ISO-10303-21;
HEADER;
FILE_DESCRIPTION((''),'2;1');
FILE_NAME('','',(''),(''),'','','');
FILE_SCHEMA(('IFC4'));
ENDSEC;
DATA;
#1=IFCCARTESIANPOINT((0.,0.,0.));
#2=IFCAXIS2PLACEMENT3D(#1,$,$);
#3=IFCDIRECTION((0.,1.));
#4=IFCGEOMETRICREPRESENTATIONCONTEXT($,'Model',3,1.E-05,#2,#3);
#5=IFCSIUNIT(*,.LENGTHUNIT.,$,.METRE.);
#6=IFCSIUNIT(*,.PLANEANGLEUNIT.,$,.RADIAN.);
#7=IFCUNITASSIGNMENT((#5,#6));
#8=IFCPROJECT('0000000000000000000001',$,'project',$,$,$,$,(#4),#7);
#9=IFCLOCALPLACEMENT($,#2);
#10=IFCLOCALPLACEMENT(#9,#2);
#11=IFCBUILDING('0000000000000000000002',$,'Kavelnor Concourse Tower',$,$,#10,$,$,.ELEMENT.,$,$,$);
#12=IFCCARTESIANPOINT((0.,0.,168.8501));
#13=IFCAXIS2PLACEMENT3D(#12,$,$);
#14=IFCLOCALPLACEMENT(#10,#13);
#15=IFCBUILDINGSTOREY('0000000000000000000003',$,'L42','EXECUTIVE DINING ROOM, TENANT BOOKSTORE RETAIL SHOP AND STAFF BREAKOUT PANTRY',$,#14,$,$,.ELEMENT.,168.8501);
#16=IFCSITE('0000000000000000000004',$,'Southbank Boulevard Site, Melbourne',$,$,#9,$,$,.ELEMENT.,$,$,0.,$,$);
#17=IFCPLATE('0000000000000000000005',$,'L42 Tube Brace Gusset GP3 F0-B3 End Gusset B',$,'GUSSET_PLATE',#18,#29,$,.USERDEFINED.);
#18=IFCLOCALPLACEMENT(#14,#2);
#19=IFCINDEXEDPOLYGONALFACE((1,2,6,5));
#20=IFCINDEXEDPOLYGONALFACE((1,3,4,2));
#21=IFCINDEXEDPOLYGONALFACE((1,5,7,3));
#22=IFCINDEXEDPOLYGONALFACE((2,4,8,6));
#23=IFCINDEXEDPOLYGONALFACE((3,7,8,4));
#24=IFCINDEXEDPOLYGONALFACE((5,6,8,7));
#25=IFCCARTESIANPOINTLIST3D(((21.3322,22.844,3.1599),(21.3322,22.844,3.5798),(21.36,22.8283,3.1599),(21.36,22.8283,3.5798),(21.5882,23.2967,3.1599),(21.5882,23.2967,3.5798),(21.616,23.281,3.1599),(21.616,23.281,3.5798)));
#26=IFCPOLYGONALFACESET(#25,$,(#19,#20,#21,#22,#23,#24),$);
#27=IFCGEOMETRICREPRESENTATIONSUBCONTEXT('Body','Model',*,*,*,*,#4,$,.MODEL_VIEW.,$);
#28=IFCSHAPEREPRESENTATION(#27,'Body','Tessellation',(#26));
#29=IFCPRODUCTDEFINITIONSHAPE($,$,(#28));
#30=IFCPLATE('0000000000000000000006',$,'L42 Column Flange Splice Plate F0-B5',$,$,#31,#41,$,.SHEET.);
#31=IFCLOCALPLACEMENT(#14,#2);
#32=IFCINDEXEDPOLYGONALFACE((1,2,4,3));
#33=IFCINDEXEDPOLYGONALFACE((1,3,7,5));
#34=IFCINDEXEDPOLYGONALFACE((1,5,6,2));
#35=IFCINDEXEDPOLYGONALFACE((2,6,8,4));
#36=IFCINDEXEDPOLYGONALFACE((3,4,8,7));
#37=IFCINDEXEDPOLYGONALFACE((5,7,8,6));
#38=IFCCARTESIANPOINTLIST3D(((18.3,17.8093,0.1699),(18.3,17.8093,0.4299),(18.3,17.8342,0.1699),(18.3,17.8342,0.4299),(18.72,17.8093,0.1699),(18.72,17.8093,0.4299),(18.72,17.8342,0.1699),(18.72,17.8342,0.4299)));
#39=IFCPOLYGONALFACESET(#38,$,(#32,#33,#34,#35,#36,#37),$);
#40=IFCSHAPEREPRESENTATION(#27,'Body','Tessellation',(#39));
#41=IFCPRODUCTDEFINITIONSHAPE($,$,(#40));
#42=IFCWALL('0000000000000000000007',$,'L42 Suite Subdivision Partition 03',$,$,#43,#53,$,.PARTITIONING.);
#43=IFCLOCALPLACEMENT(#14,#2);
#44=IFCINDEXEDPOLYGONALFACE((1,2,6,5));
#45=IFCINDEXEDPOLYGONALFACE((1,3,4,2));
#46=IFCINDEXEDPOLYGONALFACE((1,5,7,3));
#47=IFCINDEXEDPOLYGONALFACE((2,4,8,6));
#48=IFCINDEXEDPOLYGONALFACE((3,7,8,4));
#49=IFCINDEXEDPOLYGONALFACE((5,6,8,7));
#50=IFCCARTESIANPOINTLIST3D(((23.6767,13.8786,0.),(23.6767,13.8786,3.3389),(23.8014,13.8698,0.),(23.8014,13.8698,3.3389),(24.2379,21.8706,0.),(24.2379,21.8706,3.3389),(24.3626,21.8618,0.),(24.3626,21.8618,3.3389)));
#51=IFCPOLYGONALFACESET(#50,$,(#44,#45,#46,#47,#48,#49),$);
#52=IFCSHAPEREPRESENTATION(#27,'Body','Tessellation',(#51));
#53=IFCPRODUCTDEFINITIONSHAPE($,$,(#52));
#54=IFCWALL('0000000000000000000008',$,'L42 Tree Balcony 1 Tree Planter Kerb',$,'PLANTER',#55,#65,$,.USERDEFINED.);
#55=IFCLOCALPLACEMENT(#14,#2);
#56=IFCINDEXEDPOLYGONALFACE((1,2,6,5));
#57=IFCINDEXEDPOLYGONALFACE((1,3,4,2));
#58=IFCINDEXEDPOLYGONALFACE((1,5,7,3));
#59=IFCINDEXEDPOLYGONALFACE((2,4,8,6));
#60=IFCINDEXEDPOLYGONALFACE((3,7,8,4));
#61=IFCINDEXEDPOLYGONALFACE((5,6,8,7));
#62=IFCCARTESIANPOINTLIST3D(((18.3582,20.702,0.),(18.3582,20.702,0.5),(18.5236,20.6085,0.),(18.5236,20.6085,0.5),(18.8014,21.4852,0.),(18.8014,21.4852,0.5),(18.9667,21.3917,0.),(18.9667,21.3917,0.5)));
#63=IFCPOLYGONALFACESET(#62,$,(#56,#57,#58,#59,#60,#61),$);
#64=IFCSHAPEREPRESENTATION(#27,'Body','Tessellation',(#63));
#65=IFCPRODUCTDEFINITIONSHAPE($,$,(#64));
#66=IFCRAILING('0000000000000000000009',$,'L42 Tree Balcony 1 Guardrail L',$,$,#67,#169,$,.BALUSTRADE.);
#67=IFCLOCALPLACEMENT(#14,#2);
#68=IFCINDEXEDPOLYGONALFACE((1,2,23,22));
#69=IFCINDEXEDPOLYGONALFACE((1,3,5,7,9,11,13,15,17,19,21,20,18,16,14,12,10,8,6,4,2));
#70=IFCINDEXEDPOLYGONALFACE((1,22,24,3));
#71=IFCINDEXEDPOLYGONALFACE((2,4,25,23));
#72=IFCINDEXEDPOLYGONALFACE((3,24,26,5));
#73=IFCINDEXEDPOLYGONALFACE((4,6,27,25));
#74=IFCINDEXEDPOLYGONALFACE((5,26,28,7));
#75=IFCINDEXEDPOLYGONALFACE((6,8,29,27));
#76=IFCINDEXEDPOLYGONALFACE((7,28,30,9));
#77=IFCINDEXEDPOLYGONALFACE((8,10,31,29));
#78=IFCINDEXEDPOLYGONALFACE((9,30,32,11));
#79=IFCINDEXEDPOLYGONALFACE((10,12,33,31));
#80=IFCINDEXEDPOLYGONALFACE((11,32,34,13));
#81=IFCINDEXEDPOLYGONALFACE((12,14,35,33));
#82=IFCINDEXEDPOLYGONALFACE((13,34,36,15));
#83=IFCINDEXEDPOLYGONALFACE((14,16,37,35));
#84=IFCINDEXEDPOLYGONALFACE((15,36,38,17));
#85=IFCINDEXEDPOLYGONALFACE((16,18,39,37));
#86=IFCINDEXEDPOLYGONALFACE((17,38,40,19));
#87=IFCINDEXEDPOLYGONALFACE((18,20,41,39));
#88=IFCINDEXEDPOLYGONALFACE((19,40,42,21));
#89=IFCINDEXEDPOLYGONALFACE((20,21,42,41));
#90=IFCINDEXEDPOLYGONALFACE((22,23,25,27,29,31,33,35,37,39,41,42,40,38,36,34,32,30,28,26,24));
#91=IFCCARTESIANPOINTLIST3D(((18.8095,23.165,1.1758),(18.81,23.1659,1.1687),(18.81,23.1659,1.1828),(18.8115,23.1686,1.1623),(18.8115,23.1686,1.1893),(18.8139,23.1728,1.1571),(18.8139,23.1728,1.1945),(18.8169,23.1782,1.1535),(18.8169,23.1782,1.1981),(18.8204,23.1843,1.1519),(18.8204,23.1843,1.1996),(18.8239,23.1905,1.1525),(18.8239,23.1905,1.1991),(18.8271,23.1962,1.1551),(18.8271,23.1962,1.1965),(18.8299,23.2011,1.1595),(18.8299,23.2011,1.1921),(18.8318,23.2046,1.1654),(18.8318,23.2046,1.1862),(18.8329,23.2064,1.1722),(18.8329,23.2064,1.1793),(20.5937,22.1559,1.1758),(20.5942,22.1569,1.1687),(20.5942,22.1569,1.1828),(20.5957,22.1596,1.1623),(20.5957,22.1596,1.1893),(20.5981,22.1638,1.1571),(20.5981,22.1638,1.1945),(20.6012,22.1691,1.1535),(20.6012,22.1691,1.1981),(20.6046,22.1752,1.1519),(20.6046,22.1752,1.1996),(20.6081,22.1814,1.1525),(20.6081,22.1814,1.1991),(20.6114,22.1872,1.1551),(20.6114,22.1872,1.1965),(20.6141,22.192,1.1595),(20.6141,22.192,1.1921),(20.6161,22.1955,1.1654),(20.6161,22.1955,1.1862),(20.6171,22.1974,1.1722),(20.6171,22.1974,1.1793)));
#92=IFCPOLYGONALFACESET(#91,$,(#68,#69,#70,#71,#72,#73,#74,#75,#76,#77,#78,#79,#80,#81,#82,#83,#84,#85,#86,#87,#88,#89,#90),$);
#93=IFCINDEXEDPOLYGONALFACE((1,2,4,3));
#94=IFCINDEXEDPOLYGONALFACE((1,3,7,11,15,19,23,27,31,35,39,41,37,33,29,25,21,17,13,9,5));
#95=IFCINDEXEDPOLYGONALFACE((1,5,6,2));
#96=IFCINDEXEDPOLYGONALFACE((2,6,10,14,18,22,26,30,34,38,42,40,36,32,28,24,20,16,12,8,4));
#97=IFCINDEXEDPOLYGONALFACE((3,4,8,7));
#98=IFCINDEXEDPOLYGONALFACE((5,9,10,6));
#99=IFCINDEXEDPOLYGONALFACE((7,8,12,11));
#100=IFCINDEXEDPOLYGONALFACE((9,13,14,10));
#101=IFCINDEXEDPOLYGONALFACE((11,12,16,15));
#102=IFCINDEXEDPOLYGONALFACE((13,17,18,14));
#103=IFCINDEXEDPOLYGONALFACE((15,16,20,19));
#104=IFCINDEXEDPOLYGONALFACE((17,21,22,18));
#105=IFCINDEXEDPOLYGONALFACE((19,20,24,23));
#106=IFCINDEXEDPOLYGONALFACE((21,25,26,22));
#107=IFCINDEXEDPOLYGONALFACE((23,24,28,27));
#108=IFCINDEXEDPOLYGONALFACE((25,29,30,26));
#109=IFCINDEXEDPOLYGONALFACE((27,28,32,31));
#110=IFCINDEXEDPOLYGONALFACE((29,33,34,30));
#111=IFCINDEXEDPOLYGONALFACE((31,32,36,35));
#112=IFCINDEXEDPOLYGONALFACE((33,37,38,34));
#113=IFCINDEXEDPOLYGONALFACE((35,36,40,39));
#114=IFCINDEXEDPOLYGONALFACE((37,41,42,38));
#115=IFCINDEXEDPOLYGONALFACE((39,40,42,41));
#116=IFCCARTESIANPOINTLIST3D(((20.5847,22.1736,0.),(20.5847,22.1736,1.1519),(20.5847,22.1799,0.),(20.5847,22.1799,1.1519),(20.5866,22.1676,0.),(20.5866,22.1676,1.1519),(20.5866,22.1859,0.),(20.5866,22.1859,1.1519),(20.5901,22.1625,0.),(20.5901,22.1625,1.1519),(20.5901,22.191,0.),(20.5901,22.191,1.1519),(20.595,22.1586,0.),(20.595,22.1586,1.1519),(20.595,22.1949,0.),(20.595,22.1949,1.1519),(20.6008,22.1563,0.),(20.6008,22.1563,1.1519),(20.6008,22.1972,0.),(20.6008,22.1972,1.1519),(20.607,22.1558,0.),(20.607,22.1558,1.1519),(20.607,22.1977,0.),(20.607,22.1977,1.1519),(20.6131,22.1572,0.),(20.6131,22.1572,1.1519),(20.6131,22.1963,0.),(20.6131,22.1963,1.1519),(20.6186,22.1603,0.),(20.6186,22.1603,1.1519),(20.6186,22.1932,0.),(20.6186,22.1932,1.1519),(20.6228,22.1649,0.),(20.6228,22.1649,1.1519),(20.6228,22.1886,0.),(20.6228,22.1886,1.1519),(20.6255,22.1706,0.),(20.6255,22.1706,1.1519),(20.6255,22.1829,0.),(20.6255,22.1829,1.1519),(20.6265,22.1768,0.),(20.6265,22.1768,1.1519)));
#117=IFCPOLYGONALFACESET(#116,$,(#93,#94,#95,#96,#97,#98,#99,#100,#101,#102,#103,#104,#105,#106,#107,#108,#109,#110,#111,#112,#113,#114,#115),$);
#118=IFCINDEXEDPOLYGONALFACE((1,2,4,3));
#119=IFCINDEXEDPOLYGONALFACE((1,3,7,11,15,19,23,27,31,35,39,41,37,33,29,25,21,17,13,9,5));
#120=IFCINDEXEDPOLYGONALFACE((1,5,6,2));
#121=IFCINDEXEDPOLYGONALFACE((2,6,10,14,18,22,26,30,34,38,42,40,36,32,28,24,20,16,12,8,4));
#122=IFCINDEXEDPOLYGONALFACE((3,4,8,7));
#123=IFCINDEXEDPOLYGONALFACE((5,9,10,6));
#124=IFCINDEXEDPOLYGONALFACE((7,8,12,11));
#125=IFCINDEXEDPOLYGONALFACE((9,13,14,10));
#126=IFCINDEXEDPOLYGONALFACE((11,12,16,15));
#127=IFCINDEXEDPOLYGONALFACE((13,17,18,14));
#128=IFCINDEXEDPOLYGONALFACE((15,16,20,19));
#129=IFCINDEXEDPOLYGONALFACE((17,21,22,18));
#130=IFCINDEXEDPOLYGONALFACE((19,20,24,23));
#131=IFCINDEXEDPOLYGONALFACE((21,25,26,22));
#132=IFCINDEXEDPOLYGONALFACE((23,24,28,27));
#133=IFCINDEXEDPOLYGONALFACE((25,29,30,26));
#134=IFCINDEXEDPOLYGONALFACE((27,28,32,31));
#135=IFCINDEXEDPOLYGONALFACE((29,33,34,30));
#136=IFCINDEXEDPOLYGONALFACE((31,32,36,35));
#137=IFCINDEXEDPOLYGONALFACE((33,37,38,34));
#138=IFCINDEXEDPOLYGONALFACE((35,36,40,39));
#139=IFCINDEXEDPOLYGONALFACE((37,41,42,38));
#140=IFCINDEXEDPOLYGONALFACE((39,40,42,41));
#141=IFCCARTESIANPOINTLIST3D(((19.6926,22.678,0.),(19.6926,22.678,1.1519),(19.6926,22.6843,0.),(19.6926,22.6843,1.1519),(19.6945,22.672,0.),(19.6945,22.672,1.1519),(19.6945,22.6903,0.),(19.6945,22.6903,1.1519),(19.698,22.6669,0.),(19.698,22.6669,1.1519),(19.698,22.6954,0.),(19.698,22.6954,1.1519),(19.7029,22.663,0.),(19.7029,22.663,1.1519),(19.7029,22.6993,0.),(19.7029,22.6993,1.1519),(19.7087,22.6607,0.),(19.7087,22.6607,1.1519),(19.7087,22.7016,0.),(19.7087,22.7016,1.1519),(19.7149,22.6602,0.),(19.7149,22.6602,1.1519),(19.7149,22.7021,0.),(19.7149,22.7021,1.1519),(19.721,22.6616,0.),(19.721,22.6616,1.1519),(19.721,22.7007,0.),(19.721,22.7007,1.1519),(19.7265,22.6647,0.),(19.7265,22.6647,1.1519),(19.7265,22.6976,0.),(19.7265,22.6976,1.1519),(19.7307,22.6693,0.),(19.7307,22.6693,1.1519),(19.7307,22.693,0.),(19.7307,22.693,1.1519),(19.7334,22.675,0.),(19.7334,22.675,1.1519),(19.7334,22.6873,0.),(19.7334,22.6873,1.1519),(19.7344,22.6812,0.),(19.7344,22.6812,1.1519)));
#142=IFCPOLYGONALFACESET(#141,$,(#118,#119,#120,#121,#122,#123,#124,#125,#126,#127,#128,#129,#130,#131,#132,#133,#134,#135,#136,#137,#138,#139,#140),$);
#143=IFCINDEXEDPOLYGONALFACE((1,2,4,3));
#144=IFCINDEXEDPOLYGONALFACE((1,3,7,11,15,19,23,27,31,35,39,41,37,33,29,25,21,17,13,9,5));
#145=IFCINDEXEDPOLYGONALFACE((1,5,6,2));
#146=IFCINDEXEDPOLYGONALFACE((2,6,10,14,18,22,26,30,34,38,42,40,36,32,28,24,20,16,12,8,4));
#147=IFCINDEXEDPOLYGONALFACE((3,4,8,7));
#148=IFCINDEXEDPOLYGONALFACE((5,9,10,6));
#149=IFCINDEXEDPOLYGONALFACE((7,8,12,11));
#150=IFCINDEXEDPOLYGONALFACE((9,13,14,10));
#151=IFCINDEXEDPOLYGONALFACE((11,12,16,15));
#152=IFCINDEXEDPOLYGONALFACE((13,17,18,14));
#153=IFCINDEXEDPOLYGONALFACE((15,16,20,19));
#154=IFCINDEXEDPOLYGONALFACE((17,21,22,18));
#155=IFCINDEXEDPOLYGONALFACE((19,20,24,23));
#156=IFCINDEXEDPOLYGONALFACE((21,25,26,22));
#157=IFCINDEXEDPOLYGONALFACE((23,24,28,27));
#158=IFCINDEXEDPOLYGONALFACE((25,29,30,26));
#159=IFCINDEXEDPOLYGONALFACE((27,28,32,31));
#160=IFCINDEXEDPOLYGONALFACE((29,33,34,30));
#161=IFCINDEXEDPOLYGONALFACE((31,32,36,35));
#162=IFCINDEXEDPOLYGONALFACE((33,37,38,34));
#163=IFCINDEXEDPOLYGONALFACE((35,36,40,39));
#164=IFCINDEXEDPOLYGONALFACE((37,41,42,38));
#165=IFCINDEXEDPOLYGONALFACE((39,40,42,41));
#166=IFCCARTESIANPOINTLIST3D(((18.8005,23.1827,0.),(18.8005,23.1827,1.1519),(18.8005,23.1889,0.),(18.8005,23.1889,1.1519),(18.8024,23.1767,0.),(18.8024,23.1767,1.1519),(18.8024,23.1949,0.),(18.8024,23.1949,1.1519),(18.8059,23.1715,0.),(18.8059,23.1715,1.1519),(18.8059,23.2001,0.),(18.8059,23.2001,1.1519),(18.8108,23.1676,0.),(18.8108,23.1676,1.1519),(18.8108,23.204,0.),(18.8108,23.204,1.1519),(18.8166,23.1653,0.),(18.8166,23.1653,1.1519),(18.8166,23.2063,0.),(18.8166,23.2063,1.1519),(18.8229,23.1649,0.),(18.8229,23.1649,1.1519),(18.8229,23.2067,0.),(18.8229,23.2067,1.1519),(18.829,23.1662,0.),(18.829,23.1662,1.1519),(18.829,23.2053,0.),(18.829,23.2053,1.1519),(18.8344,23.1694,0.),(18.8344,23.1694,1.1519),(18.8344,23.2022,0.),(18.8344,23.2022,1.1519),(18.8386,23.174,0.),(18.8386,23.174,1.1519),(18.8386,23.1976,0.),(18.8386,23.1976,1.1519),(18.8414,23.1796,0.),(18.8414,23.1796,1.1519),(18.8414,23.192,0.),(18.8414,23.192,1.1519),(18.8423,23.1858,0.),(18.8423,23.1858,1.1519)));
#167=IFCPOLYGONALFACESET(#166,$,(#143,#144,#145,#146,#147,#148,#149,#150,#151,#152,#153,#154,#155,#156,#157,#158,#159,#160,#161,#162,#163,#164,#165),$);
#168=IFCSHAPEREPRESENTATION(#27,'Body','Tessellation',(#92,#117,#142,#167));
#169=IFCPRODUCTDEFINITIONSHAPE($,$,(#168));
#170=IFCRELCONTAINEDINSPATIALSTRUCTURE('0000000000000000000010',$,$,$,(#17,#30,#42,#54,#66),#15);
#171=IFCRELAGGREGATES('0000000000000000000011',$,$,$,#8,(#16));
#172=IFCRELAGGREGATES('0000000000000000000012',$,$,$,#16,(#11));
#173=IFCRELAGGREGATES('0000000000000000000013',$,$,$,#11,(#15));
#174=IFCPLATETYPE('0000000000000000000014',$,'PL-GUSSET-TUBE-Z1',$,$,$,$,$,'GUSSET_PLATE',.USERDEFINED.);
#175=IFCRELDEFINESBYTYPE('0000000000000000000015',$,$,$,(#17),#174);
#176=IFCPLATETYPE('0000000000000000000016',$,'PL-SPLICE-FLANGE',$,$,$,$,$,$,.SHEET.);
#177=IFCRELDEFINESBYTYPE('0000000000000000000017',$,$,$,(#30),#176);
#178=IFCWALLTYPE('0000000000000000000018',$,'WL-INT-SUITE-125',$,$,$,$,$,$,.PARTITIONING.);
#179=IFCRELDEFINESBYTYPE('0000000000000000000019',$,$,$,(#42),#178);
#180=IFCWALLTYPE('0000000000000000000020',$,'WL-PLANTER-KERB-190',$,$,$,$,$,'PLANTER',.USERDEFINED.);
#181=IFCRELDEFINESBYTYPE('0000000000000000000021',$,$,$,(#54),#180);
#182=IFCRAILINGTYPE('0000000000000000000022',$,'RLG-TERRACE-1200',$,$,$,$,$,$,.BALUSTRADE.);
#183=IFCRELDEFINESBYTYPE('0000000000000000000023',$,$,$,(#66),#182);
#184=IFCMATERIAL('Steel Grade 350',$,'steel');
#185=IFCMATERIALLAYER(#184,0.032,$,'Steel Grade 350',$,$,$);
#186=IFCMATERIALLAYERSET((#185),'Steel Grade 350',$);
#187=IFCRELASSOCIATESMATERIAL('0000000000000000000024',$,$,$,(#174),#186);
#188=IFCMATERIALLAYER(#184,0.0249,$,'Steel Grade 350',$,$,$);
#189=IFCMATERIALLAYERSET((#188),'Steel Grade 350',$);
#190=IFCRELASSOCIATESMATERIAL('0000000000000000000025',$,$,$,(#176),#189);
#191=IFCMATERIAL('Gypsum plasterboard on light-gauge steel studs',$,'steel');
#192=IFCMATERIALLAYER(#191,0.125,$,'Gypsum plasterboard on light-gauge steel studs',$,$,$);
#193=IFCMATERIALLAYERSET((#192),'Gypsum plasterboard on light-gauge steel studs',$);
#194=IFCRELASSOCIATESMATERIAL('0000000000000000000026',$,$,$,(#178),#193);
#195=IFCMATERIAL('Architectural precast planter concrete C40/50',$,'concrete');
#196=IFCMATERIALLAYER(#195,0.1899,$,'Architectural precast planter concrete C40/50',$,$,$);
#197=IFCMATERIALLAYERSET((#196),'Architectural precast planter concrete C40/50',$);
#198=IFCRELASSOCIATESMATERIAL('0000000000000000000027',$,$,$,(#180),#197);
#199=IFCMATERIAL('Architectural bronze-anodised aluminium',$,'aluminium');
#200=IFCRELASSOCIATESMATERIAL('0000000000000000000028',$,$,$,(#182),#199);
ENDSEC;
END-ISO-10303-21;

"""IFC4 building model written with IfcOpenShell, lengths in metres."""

from ifc_helpers import new_model, si_unit, direction, frame, frame_2d, origin, origin_2d, place, context, subcontext, project, spatial, rectangle, circle, extrude, material, layer, layer_set, type_object, element, save


model = new_model("IFC4")

# Units and contexts
model_context = context("Model", 3, precision=1e-05, world=origin(), true_north=direction((0.0, 1.0)))
body_context = subcontext(model_context, "Body", "Model", "MODEL_VIEW")
ifc_project = project(units=[si_unit("LENGTHUNIT", "METRE"), si_unit("PLANEANGLEUNIT", "RADIAN")], contexts=[model_context])

# Site, building, storey
site_placement = place(None, origin())
site = spatial("IfcSite", under=ifc_project, at=site_placement, Name="Southbank Boulevard Site, Melbourne", CompositionType="ELEMENT", RefElevation=0.0)
building_placement = place(site_placement, origin())
building = spatial("IfcBuilding", under=site, at=building_placement, Name="Kavelnor Concourse Tower", CompositionType="ELEMENT")
storey_placement = place(building_placement, frame((0.0, 0.0, 168.8501)))
storey = spatial("IfcBuildingStorey", under=building, at=storey_placement, Name="L42", Description="EXECUTIVE DINING ROOM, TENANT BOOKSTORE RETAIL SHOP AND STAFF BREAKOUT PANTRY", CompositionType="ELEMENT", Elevation=168.8501)

# Shared definitions
ifc_material_1 = material(Name="Steel Grade 350", Category="steel")

# Plates
ifc_layer_1 = layer(ifc_material_1, 0.032, Name="Steel Grade 350")
ifc_layer_set_1 = layer_set([ifc_layer_1], Name="Steel Grade 350")
plate_type_1 = type_object("IfcPlateType", Name="PL-GUSSET-TUBE-Z1", ElementType="GUSSET_PLATE", PredefinedType="USERDEFINED", material=ifc_layer_set_1)
plate_1_placement = place(storey_placement, frame((21.4741, 23.0625, 3.1599), z_axis=(0.0, 0.0, 1.0), x_axis=(-0.492272, -0.870442, 0.0)))
element("IfcPlate", 1, at=plate_1_placement, inside=storey, type_object=plate_type_1, Name="L42 Tube Brace Gusset GP3 F0-B3 End Gusset B", ObjectType="GUSSET_PLATE", PredefinedType="USERDEFINED", context=body_context, shape_type="SweptSolid", body=[
    extrude(rectangle(XDim=0.52, YDim=0.032, at=origin_2d()), origin(), (0.0, 0.0, 1.0), 0.4199),
])
ifc_layer_2 = layer(ifc_material_1, 0.0249, Name="Steel Grade 350")
ifc_layer_set_2 = layer_set([ifc_layer_2], Name="Steel Grade 350")
plate_type_2 = type_object("IfcPlateType", Name="PL-SPLICE-FLANGE", PredefinedType="SHEET", material=ifc_layer_set_2)
plate_2_placement = place(storey_placement, frame((18.51, 17.8218, 0.1699), z_axis=(0.0, 0.0, 1.0), x_axis=(1.0, 0.0, 0.0)))
element("IfcPlate", 2, at=plate_2_placement, inside=storey, type_object=plate_type_2, Name="L42 Column Flange Splice Plate F0-B5", PredefinedType="SHEET", context=body_context, shape_type="SweptSolid", body=[
    extrude(rectangle(XDim=0.4199, YDim=0.0249, at=origin_2d()), origin(), (0.0, 0.0, 1.0), 0.26),
])

# Walls
ifc_material_2 = material(Name="Gypsum plasterboard on light-gauge steel studs", Category="steel")
ifc_layer_3 = layer(ifc_material_2, 0.125, Name="Gypsum plasterboard on light-gauge steel studs")
ifc_layer_set_3 = layer_set([ifc_layer_3], Name="Gypsum plasterboard on light-gauge steel studs")
wall_type_1 = type_object("IfcWallType", Name="WL-INT-SUITE-125", PredefinedType="PARTITIONING", material=ifc_layer_set_3)
wall_1_placement = place(storey_placement, frame((24.3003, 21.8662, 0.0), z_axis=(0.0, 0.0, 1.0), x_axis=(-0.070058, -0.997543, 0.0)))
element("IfcWall", 3, at=wall_1_placement, inside=storey, type_object=wall_type_1, Name="L42 Suite Subdivision Partition 03", PredefinedType="PARTITIONING", context=body_context, shape_type="SweptSolid", body=[
    extrude(rectangle(XDim=8.0117, YDim=0.125, at=frame_2d((4.0059, 0.0))), origin(), (0.0, 0.0, 1.0), 3.3389),
])
ifc_material_3 = material(Name="Architectural precast planter concrete C40/50", Category="concrete")
ifc_layer_4 = layer(ifc_material_3, 0.1899, Name="Architectural precast planter concrete C40/50")
ifc_layer_set_4 = layer_set([ifc_layer_4], Name="Architectural precast planter concrete C40/50")
wall_type_2 = type_object("IfcWallType", Name="WL-PLANTER-KERB-190", ElementType="PLANTER", PredefinedType="USERDEFINED", material=ifc_layer_set_4)
wall_2_placement = place(storey_placement, frame((18.884, 21.4385, 0.0), z_axis=(0.0, 0.0, 1.0), x_axis=(-0.492424, -0.870356, 0.0)))
element("IfcWall", 4, at=wall_2_placement, inside=storey, type_object=wall_type_2, Name="L42 Tree Balcony 1 Tree Planter Kerb", ObjectType="PLANTER", PredefinedType="USERDEFINED", context=body_context, shape_type="SweptSolid", body=[
    extrude(rectangle(XDim=0.8999, YDim=0.1899, at=frame_2d((0.45, 0.0))), origin(), (0.0, 0.0, 1.0), 0.5),
])

# Railing
ifc_material_4 = material(Name="Architectural bronze-anodised aluminium", Category="aluminium")
railing_type = type_object("IfcRailingType", Name="RLG-TERRACE-1200", PredefinedType="BALUSTRADE", material=ifc_material_4)
railing_1_placement = place(storey_placement, frame((20.6055, 22.1768, 0.0)))
element("IfcRailing", 5, at=railing_1_placement, inside=storey, type_object=railing_type, Name="L42 Tree Balcony 1 Guardrail L", PredefinedType="BALUSTRADE", context=body_context, shape_type="SweptSolid", body=[
    extrude(circle(Radius=0.0239, at=origin_2d()), frame((0.0, 0.0, 1.1758), z_axis=(-0.870441, 0.492273, 0.0), x_axis=(-0.492273, -0.870441, 0.0)), (0.0, 0.0, 1.0), 2.0498),
    extrude(circle(Radius=0.021, at=origin_2d()), origin(), (0.0, 0.0, 1.0), 1.1519),
    extrude(circle(Radius=0.021, at=origin_2d()), frame((-0.8921, 0.5044, 0.0)), (0.0, 0.0, 1.0), 1.1519),
    extrude(circle(Radius=0.021, at=origin_2d()), frame((-1.7842, 1.009, 0.0)), (0.0, 0.0, 1.0), 1.1519),
])

save(model, "model.ifc")
